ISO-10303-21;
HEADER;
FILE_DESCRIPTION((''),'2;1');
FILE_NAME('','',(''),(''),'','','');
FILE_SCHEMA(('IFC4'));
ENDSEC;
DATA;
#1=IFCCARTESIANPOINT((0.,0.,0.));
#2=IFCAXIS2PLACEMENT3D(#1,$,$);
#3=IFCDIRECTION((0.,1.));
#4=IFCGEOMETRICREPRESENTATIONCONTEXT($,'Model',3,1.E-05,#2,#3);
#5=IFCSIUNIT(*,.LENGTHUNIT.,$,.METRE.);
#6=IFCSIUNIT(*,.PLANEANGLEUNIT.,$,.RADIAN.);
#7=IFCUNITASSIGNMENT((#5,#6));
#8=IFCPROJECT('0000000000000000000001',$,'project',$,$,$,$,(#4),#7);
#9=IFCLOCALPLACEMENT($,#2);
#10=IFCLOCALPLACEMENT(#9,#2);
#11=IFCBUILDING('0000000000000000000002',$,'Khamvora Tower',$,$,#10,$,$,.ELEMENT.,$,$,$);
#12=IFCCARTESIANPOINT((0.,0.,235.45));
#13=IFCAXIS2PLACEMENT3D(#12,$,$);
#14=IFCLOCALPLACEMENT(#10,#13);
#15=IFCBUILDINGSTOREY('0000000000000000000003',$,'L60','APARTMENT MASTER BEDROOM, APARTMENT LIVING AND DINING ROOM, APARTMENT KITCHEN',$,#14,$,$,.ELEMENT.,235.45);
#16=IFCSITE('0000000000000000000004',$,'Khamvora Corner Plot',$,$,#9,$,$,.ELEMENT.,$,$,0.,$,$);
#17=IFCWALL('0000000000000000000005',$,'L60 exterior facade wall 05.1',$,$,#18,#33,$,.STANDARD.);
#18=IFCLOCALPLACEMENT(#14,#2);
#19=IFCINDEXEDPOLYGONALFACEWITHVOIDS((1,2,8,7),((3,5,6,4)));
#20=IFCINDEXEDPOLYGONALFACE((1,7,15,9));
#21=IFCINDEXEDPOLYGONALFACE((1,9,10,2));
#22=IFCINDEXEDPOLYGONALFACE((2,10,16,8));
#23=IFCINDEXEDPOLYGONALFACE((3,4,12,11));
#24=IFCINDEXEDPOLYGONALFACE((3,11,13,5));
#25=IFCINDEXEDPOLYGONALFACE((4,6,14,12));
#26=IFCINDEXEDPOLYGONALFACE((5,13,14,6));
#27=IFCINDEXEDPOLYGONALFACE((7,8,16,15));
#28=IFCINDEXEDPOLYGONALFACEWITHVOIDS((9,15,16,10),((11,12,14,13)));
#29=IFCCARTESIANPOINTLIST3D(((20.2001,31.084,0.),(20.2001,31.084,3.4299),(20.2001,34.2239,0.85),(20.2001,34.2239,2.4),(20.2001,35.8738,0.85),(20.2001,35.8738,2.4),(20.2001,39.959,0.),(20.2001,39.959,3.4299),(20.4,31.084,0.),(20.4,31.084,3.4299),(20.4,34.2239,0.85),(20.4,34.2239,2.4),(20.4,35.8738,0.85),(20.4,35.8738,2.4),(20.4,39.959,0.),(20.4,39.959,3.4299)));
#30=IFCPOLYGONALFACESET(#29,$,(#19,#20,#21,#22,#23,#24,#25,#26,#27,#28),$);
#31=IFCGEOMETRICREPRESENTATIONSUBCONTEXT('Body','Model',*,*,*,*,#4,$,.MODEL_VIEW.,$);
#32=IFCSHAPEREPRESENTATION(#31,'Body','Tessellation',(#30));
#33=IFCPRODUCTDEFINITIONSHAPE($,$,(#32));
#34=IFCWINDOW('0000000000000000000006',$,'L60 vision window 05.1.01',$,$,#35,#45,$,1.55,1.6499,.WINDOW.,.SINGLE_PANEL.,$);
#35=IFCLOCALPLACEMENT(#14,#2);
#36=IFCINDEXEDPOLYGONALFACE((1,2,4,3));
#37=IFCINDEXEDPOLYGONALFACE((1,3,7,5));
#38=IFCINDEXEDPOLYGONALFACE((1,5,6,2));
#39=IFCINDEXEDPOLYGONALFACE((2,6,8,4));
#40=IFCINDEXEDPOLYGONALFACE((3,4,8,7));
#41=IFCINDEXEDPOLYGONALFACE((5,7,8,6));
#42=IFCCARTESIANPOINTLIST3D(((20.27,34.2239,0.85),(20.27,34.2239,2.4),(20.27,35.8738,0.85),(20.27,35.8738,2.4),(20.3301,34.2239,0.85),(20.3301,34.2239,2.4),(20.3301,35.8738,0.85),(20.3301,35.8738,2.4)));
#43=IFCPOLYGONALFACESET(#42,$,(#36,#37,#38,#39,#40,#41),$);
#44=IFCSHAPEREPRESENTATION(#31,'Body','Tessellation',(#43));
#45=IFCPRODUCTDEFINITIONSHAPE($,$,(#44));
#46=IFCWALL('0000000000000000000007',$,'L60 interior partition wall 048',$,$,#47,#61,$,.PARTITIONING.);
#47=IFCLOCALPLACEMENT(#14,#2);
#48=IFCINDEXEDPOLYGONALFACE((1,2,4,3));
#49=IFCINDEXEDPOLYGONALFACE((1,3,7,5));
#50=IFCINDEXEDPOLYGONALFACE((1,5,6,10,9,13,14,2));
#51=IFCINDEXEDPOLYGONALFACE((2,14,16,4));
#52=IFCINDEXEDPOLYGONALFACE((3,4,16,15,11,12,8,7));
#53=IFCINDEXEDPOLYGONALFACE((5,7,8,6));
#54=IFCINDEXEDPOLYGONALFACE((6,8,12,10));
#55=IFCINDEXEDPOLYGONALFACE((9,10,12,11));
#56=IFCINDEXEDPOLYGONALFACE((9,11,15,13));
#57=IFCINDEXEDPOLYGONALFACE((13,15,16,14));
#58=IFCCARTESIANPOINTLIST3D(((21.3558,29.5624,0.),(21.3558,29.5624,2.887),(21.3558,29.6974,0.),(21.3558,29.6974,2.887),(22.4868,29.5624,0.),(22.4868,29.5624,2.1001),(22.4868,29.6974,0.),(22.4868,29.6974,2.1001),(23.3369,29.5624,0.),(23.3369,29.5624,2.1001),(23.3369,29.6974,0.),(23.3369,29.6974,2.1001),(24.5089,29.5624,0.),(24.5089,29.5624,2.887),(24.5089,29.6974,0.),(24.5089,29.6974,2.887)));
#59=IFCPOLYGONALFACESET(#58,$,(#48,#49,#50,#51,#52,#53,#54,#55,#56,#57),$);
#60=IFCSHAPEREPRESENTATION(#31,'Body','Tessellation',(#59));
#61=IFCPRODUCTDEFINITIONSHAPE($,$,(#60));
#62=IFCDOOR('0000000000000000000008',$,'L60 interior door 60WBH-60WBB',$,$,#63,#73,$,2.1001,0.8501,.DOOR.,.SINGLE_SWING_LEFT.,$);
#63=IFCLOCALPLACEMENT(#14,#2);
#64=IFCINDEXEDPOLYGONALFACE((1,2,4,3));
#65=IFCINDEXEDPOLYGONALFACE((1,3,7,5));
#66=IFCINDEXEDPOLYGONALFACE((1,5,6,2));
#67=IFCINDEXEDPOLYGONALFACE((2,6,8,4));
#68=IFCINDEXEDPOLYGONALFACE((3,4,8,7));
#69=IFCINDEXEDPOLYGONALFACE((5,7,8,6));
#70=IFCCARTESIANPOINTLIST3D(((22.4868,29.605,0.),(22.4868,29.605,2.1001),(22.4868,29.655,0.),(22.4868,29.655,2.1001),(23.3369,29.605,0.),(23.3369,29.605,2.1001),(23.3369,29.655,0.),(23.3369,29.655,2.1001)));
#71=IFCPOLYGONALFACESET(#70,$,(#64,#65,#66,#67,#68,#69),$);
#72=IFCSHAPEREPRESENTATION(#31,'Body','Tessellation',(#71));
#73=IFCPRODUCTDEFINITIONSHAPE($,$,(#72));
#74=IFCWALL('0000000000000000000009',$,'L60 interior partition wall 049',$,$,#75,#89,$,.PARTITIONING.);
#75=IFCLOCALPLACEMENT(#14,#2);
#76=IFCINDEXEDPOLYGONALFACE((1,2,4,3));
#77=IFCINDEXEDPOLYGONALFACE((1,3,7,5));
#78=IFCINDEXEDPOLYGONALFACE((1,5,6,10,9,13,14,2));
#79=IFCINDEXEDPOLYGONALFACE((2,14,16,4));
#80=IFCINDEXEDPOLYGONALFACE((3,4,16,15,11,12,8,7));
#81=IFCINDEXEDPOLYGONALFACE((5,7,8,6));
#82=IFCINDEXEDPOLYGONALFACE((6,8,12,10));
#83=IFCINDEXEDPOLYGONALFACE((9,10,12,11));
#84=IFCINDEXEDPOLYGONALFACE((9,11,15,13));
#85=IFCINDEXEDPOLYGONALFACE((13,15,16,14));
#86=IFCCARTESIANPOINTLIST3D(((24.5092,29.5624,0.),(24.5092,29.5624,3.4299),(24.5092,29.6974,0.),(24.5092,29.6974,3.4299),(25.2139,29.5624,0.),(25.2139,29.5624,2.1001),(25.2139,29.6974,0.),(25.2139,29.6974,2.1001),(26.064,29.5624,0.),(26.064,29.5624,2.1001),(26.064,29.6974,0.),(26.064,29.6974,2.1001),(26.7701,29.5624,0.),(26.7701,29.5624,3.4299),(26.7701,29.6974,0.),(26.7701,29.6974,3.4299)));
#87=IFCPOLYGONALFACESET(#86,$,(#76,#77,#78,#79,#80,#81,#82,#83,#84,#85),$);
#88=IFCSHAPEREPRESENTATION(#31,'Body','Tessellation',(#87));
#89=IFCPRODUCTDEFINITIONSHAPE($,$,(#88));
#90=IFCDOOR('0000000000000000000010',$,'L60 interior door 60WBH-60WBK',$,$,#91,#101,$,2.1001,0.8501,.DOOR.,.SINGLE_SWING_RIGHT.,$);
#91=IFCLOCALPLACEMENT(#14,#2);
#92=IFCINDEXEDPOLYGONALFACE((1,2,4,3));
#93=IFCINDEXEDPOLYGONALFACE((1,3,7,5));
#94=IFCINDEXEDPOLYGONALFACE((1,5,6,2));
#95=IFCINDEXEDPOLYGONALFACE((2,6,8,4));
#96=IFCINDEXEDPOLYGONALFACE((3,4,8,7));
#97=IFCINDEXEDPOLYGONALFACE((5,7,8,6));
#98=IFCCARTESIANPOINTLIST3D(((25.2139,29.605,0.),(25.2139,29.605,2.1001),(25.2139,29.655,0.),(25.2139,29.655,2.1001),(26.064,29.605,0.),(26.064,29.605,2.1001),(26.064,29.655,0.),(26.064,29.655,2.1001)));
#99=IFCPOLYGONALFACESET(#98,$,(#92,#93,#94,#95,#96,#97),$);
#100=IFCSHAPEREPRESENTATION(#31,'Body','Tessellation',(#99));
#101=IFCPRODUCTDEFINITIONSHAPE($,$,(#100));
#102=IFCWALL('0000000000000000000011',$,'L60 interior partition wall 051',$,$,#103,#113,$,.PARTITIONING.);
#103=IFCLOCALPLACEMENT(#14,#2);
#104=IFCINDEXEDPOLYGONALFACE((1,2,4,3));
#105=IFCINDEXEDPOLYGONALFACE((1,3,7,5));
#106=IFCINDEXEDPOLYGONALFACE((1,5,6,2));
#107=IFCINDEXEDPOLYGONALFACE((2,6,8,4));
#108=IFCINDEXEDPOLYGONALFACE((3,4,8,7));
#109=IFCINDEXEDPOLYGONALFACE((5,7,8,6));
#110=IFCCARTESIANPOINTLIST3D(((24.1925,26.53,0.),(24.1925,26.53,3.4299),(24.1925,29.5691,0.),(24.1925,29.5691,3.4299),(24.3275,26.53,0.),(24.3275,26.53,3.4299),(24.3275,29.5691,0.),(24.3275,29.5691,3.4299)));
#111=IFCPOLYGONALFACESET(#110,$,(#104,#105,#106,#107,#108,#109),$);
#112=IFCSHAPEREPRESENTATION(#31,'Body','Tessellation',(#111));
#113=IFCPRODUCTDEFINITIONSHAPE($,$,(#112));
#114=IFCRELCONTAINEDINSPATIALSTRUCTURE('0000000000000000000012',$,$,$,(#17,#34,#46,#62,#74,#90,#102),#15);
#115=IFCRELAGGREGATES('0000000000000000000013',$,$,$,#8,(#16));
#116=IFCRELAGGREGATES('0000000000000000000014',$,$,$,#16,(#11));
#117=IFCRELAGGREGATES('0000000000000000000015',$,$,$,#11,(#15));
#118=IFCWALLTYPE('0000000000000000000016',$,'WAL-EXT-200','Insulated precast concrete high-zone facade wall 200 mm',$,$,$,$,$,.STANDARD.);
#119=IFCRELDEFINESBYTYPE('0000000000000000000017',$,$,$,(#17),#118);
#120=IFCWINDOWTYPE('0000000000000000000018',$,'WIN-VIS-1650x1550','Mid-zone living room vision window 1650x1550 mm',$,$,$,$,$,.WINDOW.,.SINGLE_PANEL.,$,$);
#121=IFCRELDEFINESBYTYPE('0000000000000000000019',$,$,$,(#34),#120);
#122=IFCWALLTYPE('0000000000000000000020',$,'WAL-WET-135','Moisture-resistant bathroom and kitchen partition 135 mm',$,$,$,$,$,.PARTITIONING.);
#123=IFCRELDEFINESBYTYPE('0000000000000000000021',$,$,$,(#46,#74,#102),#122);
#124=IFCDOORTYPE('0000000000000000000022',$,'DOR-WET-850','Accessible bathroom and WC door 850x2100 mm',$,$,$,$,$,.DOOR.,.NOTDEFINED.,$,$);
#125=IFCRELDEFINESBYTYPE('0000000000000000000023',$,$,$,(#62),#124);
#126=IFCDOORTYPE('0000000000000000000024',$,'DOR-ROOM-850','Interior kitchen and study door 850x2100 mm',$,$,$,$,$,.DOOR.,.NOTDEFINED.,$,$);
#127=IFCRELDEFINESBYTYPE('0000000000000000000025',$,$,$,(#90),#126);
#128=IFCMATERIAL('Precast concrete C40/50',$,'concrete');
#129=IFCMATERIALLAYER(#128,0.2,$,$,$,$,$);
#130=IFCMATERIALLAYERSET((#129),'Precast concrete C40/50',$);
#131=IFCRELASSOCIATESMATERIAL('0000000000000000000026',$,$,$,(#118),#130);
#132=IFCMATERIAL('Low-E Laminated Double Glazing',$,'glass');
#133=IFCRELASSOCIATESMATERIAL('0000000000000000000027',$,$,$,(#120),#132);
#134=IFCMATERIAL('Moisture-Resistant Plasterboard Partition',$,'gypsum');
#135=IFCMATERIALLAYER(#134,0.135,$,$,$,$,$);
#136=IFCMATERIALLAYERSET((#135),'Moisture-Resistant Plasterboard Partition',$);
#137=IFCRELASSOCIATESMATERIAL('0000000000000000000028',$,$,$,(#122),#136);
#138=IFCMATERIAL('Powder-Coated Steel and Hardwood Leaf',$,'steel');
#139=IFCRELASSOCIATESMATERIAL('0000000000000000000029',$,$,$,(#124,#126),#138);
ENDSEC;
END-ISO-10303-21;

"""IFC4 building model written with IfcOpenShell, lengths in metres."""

from ifc_helpers import new_model, si_unit, direction, frame, frame_2d, origin, place, context, subcontext, project, spatial, rectangle, extrude, material, layer, layer_set, type_object, element, fill, save


model = new_model("IFC4")

# Units and contexts
model_context = context("Model", 3, precision=1e-05, world=origin(), true_north=direction((0.0, 1.0)))
body_context = subcontext(model_context, "Body", "Model", "MODEL_VIEW")
ifc_project = project(units=[si_unit("LENGTHUNIT", "METRE"), si_unit("PLANEANGLEUNIT", "RADIAN")], contexts=[model_context])

# Site, building, storey
site_placement = place(None, origin())
site = spatial("IfcSite", under=ifc_project, at=site_placement, Name="Khamvora Corner Plot", CompositionType="ELEMENT", RefElevation=0.0)
building_placement = place(site_placement, origin())
building = spatial("IfcBuilding", under=site, at=building_placement, Name="Khamvora Tower", CompositionType="ELEMENT")
storey_placement = place(building_placement, frame((0.0, 0.0, 235.45)))
storey = spatial("IfcBuildingStorey", under=building, at=storey_placement, Name="L60", Description="APARTMENT MASTER BEDROOM, APARTMENT LIVING AND DINING ROOM, APARTMENT KITCHEN", CompositionType="ELEMENT", Elevation=235.45)

# Shared definitions
ifc_material_1 = material(Name="Powder-Coated Steel and Hardwood Leaf", Category="steel")

# Shared definitions
ifc_material_2 = material(Name="Precast concrete C40/50", Category="concrete")
ifc_layer_1 = layer(ifc_material_2, 0.2)
ifc_layer_set_1 = layer_set([ifc_layer_1], Name="Precast concrete C40/50")
wall_type_1 = type_object("IfcWallType", Name="WAL-EXT-200", Description="Insulated precast concrete high-zone facade wall 200 mm", PredefinedType="STANDARD", material=ifc_layer_set_1)

# Wall, opening, window
wall_1_placement = place(storey_placement, frame((20.3, 31.084, 0.0), z_axis=(0.0, 0.0, 1.0), x_axis=(0.0, 1.0, 0.0)))
wall_1 = element("IfcWall", 1, at=wall_1_placement, inside=storey, type_object=wall_type_1, Name="L60 exterior facade wall 05.1", PredefinedType="STANDARD", context=body_context, shape_type="SweptSolid", body=[
    extrude(rectangle(XDim=8.875, YDim=0.2, at=frame_2d((4.4375, 0.0))), origin(), (0.0, 0.0, 1.0), 3.4299),
])
opening_1_placement = place(wall_1_placement, frame((3.1399, 0.0, 0.8501)))
opening_1 = element("IfcOpeningElement", 2, at=opening_1_placement, cuts=wall_1, PredefinedType="OPENING", context=body_context, shape_type="SweptSolid", body=[
    extrude(rectangle(XDim=1.6499, YDim=1.55, at=frame_2d((0.825, 0.7749))), frame((0.0, 0.1099, 0.0), z_axis=(0.0, -1.0, 0.0), x_axis=(1.0, 0.0, 0.0)), (0.0, 0.0, 1.0), 0.22),
])
ifc_material_3 = material(Name="Low-E Laminated Double Glazing", Category="glass")
window_type = type_object("IfcWindowType", Name="WIN-VIS-1650x1550", Description="Mid-zone living room vision window 1650x1550 mm", PartitioningType="SINGLE_PANEL", PredefinedType="WINDOW", material=ifc_material_3)
window_placement = place(opening_1_placement, origin())
window = element("IfcWindow", 3, at=window_placement, inside=storey, type_object=window_type, Name="L60 vision window 05.1.01", OverallHeight=1.55, OverallWidth=1.6499, PartitioningType="SINGLE_PANEL", PredefinedType="WINDOW", context=body_context, shape_type="SweptSolid", body=[
    extrude(rectangle(XDim=1.6499, YDim=1.55, at=frame_2d((0.825, 0.7749))), frame((0.0, 0.03, 0.0), z_axis=(0.0, -1.0, 0.0), x_axis=(1.0, 0.0, 0.0)), (0.0, 0.0, 1.0), 0.0601),
])
fill(opening_1, window)

# Walls, openings, doors
ifc_material_4 = material(Name="Moisture-Resistant Plasterboard Partition", Category="gypsum")
ifc_layer_2 = layer(ifc_material_4, 0.135)
ifc_layer_set_2 = layer_set([ifc_layer_2], Name="Moisture-Resistant Plasterboard Partition")
wall_type_2 = type_object("IfcWallType", Name="WAL-WET-135", Description="Moisture-resistant bathroom and kitchen partition 135 mm", PredefinedType="PARTITIONING", material=ifc_layer_set_2)
wall_2_placement = place(storey_placement, frame((24.509, 29.6299, 0.0), z_axis=(0.0, 0.0, 1.0), x_axis=(-1.0, 0.0, 0.0)))
wall_2 = element("IfcWall", 4, at=wall_2_placement, inside=storey, type_object=wall_type_2, Name="L60 interior partition wall 048", PredefinedType="PARTITIONING", context=body_context, shape_type="SweptSolid", body=[
    extrude(rectangle(XDim=3.1531, YDim=0.135, at=frame_2d((1.5767, 0.0))), origin(), (0.0, 0.0, 1.0), 2.887),
])
opening_2_placement = place(wall_2_placement, frame((1.1721, 0.0, 0.0)))
opening_2 = element("IfcOpeningElement", 5, at=opening_2_placement, cuts=wall_2, PredefinedType="OPENING", context=body_context, shape_type="SweptSolid", body=[
    extrude(rectangle(XDim=0.8501, YDim=2.1001, at=frame_2d((0.425, 1.05))), frame((0.0, 0.0774, 0.0), z_axis=(0.0, -1.0, 0.0), x_axis=(1.0, 0.0, 0.0)), (0.0, 0.0, 1.0), 0.155),
])
door_type_1 = type_object("IfcDoorType", Name="DOR-WET-850", Description="Accessible bathroom and WC door 850x2100 mm", OperationType="NOTDEFINED", PredefinedType="DOOR", material=ifc_material_1)
door_1_placement = place(opening_2_placement, origin())
door_1 = element("IfcDoor", 6, at=door_1_placement, inside=storey, type_object=door_type_1, Name="L60 interior door 60WBH-60WBB", OperationType="SINGLE_SWING_LEFT", OverallHeight=2.1001, OverallWidth=0.8501, PredefinedType="DOOR", context=body_context, shape_type="SweptSolid", body=[
    extrude(rectangle(XDim=0.8501, YDim=2.1001, at=frame_2d((0.425, 1.05))), frame((0.0, 0.0249, 0.0), z_axis=(0.0, -1.0, 0.0), x_axis=(1.0, 0.0, 0.0)), (0.0, 0.0, 1.0), 0.05),
])
fill(opening_2, door_1)
wall_3_placement = place(storey_placement, frame((26.77, 29.6299, 0.0), z_axis=(0.0, 0.0, 1.0), x_axis=(-1.0, 0.0, 0.0)))
wall_3 = element("IfcWall", 7, at=wall_3_placement, inside=storey, type_object=wall_type_2, Name="L60 interior partition wall 049", PredefinedType="PARTITIONING", context=body_context, shape_type="SweptSolid", body=[
    extrude(rectangle(XDim=2.261, YDim=0.135, at=frame_2d((1.1304, 0.0))), origin(), (0.0, 0.0, 1.0), 3.4299),
])
opening_3_placement = place(wall_3_placement, frame((0.7061, 0.0, 0.0)))
opening_3 = element("IfcOpeningElement", 8, at=opening_3_placement, cuts=wall_3, PredefinedType="OPENING", context=body_context, shape_type="SweptSolid", body=[
    extrude(rectangle(XDim=0.8501, YDim=2.1001, at=frame_2d((0.425, 1.05))), frame((0.0, 0.0774, 0.0), z_axis=(0.0, -1.0, 0.0), x_axis=(1.0, 0.0, 0.0)), (0.0, 0.0, 1.0), 0.155),
])
door_type_2 = type_object("IfcDoorType", Name="DOR-ROOM-850", Description="Interior kitchen and study door 850x2100 mm", OperationType="NOTDEFINED", PredefinedType="DOOR", material=ifc_material_1)
door_2_placement = place(opening_3_placement, origin())
door_2 = element("IfcDoor", 9, at=door_2_placement, inside=storey, type_object=door_type_2, Name="L60 interior door 60WBH-60WBK", OperationType="SINGLE_SWING_RIGHT", OverallHeight=2.1001, OverallWidth=0.8501, PredefinedType="DOOR", context=body_context, shape_type="SweptSolid", body=[
    extrude(rectangle(XDim=0.8501, YDim=2.1001, at=frame_2d((0.425, 1.05))), frame((0.0, 0.0249, 0.0), z_axis=(0.0, -1.0, 0.0), x_axis=(1.0, 0.0, 0.0)), (0.0, 0.0, 1.0), 0.05),
])
fill(opening_3, door_2)

# Wall
wall_4_placement = place(storey_placement, frame((24.26, 29.5691, 0.0), z_axis=(0.0, 0.0, 1.0), x_axis=(0.0, -1.0, 0.0)))
element("IfcWall", 10, at=wall_4_placement, inside=storey, type_object=wall_type_2, Name="L60 interior partition wall 051", PredefinedType="PARTITIONING", context=body_context, shape_type="SweptSolid", body=[
    extrude(rectangle(XDim=3.0391, YDim=0.135, at=frame_2d((1.5195, 0.0))), origin(), (0.0, 0.0, 1.0), 3.4299),
])

save(model, "model.ifc")
